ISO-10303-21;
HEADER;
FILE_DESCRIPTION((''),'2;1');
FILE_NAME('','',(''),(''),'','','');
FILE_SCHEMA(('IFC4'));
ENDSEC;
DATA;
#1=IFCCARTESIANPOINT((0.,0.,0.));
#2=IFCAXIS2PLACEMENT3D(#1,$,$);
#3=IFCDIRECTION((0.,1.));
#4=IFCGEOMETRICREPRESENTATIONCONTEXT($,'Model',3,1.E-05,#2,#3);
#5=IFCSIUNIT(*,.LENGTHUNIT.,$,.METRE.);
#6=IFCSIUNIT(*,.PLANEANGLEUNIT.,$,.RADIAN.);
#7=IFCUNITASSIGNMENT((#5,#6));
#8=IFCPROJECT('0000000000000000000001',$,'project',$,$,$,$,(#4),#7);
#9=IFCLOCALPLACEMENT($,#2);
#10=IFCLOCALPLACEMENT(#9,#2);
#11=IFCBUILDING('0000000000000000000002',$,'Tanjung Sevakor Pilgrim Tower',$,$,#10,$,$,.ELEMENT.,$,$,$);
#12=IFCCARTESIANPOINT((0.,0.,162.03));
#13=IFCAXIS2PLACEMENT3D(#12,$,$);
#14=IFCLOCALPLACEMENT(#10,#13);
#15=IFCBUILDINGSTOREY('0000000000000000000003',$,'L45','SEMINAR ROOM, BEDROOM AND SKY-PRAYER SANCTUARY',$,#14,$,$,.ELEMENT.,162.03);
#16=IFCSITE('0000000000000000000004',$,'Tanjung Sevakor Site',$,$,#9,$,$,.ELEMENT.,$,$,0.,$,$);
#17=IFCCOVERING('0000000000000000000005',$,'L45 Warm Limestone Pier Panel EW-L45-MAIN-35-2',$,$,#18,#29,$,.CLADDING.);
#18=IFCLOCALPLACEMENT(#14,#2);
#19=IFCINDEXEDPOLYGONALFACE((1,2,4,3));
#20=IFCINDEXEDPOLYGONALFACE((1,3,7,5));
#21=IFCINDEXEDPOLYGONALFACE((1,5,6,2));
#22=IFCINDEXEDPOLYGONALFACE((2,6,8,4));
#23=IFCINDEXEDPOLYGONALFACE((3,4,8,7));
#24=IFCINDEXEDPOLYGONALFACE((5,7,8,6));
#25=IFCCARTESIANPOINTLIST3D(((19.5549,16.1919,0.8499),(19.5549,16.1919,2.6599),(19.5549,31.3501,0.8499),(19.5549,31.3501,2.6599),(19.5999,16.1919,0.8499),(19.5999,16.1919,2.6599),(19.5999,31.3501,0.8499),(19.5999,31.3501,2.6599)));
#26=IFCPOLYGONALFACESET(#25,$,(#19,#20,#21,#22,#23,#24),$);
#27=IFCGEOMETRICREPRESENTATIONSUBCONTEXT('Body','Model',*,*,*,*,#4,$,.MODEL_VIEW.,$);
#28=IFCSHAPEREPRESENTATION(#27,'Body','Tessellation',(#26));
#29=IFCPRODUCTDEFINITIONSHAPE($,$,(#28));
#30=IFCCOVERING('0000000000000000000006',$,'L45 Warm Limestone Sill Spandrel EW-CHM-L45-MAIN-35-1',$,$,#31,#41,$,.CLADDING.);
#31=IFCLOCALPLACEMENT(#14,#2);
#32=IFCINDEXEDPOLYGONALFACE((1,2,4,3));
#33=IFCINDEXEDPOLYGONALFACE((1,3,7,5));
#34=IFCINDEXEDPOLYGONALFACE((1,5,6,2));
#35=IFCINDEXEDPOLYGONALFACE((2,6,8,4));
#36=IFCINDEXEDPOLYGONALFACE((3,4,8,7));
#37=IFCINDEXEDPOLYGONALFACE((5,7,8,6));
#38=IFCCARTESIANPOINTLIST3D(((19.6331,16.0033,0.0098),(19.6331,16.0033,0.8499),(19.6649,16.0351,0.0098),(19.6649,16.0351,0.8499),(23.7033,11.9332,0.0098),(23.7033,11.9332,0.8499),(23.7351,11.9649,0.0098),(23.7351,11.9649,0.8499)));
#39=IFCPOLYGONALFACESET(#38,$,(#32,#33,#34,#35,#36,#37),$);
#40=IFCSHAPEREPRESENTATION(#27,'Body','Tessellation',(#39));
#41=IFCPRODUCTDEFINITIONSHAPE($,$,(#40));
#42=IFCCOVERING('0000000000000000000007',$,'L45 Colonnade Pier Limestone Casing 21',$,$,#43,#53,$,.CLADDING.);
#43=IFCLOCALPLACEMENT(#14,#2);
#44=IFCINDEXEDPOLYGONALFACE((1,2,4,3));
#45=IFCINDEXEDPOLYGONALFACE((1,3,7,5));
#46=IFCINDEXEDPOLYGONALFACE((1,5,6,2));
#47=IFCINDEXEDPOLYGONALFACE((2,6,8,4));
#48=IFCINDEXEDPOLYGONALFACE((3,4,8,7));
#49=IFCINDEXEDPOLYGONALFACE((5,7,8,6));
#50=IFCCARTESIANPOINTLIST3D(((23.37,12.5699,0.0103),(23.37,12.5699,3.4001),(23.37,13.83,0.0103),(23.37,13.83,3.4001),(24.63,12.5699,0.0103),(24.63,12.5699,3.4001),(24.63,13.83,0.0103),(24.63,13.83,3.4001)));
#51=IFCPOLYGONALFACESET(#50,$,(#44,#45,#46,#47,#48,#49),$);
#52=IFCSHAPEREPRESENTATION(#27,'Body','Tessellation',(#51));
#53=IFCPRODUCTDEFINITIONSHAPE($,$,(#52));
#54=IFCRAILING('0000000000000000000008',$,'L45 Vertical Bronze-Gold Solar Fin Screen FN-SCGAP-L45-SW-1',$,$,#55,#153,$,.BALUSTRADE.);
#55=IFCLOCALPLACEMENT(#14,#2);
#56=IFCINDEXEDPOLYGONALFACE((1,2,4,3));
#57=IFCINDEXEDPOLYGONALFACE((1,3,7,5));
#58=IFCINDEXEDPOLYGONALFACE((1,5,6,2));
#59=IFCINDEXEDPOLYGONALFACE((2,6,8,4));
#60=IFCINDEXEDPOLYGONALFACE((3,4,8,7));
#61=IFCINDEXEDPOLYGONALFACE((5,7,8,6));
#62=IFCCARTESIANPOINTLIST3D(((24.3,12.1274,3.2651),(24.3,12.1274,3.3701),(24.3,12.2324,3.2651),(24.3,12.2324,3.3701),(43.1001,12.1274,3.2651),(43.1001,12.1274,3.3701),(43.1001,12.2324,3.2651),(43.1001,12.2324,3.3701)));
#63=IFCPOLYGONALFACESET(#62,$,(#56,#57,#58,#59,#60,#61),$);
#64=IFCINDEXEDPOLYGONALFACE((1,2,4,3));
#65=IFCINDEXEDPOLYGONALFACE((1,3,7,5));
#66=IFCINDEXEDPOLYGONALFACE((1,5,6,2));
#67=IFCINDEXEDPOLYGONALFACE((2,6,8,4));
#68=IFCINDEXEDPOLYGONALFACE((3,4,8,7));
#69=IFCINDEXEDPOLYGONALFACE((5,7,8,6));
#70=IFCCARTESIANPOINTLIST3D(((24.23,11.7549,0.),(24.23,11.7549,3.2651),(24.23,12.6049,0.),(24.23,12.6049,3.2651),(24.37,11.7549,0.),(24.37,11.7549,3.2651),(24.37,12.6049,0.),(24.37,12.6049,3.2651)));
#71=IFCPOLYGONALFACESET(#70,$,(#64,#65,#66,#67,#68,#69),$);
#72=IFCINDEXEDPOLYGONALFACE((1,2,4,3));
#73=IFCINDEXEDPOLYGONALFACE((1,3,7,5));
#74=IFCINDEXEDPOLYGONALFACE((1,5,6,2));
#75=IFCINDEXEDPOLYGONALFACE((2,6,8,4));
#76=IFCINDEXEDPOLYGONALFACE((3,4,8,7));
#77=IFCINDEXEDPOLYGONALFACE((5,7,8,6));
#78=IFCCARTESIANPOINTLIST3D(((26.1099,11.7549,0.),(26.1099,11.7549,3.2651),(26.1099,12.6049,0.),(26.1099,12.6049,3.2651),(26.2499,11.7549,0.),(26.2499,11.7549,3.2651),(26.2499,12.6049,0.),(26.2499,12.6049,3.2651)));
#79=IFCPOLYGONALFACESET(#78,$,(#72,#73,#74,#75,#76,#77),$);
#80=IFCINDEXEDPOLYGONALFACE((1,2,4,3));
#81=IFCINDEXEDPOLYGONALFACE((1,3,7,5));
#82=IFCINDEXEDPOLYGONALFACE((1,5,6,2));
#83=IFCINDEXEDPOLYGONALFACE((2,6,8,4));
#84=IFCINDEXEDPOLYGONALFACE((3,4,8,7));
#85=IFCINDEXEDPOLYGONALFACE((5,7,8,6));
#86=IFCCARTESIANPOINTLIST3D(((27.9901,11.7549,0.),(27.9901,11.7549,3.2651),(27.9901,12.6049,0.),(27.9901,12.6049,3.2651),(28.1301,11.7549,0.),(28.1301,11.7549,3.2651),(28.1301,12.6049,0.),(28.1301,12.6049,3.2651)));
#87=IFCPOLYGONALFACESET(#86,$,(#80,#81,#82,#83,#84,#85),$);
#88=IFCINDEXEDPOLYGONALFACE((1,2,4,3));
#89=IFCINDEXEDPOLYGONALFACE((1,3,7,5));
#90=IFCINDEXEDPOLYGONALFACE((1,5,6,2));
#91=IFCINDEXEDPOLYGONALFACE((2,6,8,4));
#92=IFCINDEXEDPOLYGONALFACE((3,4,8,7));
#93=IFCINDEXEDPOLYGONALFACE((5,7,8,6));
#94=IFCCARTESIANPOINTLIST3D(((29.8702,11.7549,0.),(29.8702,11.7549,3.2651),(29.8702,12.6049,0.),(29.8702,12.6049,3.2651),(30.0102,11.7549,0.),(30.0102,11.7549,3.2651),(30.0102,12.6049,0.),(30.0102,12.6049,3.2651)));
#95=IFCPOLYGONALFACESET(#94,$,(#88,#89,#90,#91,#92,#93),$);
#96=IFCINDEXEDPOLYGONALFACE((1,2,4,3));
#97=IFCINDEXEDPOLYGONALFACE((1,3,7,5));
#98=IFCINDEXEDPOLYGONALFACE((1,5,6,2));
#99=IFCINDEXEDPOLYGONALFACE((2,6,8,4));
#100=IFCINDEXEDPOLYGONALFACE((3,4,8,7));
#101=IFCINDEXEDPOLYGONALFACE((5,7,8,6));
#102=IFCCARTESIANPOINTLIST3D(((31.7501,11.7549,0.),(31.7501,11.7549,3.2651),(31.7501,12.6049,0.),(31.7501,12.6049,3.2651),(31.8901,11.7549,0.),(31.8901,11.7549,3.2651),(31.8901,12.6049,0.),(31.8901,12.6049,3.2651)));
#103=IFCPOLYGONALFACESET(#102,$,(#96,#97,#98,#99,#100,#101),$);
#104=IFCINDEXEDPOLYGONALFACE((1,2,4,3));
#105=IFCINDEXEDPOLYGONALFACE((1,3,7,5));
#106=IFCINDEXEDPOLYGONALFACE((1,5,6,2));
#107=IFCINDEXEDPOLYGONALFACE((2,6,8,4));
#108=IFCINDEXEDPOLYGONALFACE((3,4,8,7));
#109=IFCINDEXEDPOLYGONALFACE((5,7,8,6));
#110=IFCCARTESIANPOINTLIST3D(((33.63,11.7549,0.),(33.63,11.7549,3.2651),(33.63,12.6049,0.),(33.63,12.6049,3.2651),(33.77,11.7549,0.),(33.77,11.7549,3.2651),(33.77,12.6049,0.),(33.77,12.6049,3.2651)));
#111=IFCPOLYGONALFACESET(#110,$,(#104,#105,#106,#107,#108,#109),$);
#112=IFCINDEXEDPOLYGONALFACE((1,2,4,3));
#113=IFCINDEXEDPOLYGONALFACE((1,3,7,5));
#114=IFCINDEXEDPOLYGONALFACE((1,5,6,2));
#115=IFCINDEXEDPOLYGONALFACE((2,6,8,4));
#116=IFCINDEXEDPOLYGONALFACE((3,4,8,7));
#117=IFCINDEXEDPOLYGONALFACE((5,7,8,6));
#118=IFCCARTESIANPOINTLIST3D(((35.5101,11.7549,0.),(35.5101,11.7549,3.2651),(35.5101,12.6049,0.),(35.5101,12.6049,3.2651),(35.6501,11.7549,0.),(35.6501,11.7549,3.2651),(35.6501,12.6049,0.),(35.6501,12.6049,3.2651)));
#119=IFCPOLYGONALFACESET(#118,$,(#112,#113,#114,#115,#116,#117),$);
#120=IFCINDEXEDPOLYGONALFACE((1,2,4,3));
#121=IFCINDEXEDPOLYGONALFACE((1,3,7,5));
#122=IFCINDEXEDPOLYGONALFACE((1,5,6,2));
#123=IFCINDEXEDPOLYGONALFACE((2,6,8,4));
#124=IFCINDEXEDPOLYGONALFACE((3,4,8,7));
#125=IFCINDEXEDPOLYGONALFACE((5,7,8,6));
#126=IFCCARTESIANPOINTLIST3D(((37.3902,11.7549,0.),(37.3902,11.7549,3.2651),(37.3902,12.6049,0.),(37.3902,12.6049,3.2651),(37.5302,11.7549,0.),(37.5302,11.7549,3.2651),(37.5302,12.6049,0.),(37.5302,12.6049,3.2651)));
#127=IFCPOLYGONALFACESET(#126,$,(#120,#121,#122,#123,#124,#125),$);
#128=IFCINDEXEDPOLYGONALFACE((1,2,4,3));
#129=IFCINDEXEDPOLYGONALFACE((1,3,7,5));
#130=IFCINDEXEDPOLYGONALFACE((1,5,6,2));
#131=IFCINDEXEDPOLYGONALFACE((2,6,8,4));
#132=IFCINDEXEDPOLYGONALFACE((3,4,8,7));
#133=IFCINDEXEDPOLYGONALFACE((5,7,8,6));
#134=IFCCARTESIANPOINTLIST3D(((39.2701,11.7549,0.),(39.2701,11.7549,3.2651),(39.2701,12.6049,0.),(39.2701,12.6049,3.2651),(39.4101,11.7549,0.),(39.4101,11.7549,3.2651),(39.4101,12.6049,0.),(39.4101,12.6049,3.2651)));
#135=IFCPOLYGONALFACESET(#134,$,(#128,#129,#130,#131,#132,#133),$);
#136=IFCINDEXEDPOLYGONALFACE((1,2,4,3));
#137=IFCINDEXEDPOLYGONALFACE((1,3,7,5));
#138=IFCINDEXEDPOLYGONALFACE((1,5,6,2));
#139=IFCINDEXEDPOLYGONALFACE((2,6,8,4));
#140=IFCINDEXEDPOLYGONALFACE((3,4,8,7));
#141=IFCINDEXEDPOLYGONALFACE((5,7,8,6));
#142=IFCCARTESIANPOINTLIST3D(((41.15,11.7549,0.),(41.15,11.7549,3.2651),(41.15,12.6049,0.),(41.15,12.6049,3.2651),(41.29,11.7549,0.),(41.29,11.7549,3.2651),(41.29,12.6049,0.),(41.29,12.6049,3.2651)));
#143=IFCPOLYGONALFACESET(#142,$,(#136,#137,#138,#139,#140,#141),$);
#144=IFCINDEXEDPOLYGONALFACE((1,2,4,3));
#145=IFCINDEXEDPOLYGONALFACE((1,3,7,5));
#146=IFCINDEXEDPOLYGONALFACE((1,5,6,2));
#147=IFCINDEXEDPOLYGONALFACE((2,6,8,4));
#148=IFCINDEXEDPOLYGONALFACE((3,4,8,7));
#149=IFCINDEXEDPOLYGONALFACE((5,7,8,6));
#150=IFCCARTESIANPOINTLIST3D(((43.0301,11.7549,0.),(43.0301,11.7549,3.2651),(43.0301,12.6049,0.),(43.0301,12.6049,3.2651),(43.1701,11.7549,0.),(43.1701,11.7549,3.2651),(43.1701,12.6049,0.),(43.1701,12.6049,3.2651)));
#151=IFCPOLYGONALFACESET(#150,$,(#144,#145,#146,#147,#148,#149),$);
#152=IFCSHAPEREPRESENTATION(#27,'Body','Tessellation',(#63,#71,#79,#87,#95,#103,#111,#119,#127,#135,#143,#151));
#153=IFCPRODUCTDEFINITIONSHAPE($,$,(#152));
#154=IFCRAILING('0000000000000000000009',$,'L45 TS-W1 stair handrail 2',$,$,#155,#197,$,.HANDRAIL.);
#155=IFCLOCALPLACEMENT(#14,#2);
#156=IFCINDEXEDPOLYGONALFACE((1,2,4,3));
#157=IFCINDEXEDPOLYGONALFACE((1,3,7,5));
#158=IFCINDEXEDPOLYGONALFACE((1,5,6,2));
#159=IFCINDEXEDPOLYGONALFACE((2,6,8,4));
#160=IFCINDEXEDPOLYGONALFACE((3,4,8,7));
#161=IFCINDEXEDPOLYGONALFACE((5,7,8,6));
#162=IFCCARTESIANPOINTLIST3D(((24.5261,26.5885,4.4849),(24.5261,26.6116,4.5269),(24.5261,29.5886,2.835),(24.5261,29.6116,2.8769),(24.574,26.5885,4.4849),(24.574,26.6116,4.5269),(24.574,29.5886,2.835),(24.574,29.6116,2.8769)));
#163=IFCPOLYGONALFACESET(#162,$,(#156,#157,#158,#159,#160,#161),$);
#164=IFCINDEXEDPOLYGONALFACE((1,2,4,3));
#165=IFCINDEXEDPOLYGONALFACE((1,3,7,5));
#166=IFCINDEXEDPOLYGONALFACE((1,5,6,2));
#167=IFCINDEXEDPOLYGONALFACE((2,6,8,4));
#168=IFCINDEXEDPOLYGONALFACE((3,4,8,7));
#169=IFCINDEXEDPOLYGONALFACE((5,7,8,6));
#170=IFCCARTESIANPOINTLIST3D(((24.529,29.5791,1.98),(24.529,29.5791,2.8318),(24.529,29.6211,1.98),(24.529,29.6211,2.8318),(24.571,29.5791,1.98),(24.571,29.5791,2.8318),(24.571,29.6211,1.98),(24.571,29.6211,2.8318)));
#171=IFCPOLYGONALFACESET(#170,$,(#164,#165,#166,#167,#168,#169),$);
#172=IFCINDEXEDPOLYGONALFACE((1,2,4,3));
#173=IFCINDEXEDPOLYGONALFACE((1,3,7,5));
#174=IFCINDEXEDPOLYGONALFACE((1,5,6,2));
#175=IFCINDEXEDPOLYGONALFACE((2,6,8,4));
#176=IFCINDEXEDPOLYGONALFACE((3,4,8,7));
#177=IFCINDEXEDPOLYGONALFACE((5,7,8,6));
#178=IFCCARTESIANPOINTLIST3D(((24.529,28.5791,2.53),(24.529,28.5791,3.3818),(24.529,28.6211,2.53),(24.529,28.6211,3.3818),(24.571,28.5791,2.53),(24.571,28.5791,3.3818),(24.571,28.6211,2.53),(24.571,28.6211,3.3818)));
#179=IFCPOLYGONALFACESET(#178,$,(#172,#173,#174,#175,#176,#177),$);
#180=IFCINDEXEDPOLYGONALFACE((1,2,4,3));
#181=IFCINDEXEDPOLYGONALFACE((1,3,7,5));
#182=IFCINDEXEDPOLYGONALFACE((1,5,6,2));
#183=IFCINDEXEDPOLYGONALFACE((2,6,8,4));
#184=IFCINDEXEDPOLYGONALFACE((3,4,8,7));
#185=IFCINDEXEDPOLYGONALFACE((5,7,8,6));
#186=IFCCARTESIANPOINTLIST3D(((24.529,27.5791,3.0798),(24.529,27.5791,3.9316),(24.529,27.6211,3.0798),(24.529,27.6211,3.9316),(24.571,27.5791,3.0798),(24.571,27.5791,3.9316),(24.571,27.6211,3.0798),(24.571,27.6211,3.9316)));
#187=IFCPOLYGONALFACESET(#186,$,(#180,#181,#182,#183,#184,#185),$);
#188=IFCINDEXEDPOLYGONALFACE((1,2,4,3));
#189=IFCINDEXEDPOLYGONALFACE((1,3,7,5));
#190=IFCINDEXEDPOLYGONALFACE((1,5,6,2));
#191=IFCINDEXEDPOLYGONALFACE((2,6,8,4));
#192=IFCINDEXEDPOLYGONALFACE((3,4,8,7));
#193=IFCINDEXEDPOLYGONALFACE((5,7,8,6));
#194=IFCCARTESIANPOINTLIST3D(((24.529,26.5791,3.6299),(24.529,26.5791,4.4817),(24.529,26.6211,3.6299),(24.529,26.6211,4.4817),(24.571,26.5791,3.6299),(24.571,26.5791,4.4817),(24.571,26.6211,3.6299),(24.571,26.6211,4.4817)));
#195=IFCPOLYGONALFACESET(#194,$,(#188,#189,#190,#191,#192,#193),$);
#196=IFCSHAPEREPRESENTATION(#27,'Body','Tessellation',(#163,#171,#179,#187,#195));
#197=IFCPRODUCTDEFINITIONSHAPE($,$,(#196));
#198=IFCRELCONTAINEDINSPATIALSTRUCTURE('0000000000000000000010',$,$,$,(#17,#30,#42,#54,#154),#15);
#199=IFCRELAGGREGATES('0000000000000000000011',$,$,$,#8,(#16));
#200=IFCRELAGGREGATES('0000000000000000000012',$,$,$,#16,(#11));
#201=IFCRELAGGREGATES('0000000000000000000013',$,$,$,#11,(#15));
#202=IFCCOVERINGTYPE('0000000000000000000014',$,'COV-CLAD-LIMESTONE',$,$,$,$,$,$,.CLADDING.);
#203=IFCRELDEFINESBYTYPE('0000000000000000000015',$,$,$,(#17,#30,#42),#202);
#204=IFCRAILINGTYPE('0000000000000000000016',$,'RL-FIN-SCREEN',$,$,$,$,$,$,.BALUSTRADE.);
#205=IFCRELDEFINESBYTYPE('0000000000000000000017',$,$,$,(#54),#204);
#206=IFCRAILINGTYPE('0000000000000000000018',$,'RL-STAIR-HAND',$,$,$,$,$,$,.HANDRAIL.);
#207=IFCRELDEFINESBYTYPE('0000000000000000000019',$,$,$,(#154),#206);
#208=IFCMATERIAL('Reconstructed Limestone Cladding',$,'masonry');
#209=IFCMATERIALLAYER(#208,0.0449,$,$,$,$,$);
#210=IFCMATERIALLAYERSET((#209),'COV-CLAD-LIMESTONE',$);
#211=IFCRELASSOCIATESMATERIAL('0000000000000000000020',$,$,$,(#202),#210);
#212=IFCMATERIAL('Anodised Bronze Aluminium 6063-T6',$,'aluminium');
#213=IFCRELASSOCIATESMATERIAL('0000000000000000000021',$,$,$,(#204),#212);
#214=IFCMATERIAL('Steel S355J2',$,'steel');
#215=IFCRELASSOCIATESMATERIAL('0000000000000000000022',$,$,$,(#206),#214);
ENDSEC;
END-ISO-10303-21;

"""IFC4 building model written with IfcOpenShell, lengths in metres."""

from ifc_helpers import new_model, si_unit, direction, frame, origin, origin_2d, place, context, subcontext, project, spatial, rectangle, extrude, material, layer, layer_set, type_object, element, save


model = new_model("IFC4")

# Units and contexts
model_context = context("Model", 3, precision=1e-05, world=origin(), true_north=direction((0.0, 1.0)))
body_context = subcontext(model_context, "Body", "Model", "MODEL_VIEW")
ifc_project = project(units=[si_unit("LENGTHUNIT", "METRE"), si_unit("PLANEANGLEUNIT", "RADIAN")], contexts=[model_context])

# Site, building, storey
site_placement = place(None, origin())
site = spatial("IfcSite", under=ifc_project, at=site_placement, Name="Tanjung Sevakor Site", CompositionType="ELEMENT", RefElevation=0.0)
building_placement = place(site_placement, origin())
building = spatial("IfcBuilding", under=site, at=building_placement, Name="Tanjung Sevakor Pilgrim Tower", CompositionType="ELEMENT")
storey_placement = place(building_placement, frame((0.0, 0.0, 162.03)))
storey = spatial("IfcBuildingStorey", under=building, at=storey_placement, Name="L45", Description="SEMINAR ROOM, BEDROOM AND SKY-PRAYER SANCTUARY", CompositionType="ELEMENT", Elevation=162.03)

# Coverings
ifc_material_1 = material(Name="Reconstructed Limestone Cladding", Category="masonry")
ifc_layer_1 = layer(ifc_material_1, 0.0449)
ifc_layer_set_1 = layer_set([ifc_layer_1], Name="COV-CLAD-LIMESTONE")
covering_type = type_object("IfcCoveringType", Name="COV-CLAD-LIMESTONE", PredefinedType="CLADDING", material=ifc_layer_set_1)
covering_1_placement = place(storey_placement, frame((19.5774, 23.771, 0.8499), z_axis=(0.0, 0.0, 1.0), x_axis=(0.0, -1.0, 0.0)))
element("IfcCovering", 1, at=covering_1_placement, inside=storey, type_object=covering_type, Name="L45 Warm Limestone Pier Panel EW-L45-MAIN-35-2", PredefinedType="CLADDING", context=body_context, shape_type="SweptSolid", body=[
    extrude(rectangle(XDim=15.1582, YDim=0.0449, at=origin_2d()), origin(), (0.0, 0.0, 1.0), 1.8101),
])
covering_2_placement = place(storey_placement, frame((21.6841, 13.9841, 0.0098), z_axis=(0.0, 0.0, 1.0), x_axis=(0.707107, -0.707107, 0.0)))
element("IfcCovering", 2, at=covering_2_placement, inside=storey, type_object=covering_type, Name="L45 Warm Limestone Sill Spandrel EW-CHM-L45-MAIN-35-1", PredefinedType="CLADDING", context=body_context, shape_type="SweptSolid", body=[
    extrude(rectangle(XDim=5.7561, YDim=0.0449, at=origin_2d()), origin(), (0.0, 0.0, 1.0), 0.8401),
])
covering_3_placement = place(storey_placement, frame((24.0, 13.2, 0.0103), z_axis=(0.0, 0.0, 1.0), x_axis=(1.0, 0.0, 0.0)))
element("IfcCovering", 3, at=covering_3_placement, inside=storey, type_object=covering_type, Name="L45 Colonnade Pier Limestone Casing 21", PredefinedType="CLADDING", context=body_context, shape_type="SweptSolid", body=[
    extrude(rectangle(XDim=1.26, YDim=1.26, at=origin_2d()), origin(), (0.0, 0.0, 1.0), 3.3899),
])

# Railings
ifc_material_2 = material(Name="Anodised Bronze Aluminium 6063-T6", Category="aluminium")
railing_type_1 = type_object("IfcRailingType", Name="RL-FIN-SCREEN", PredefinedType="BALUSTRADE", material=ifc_material_2)
railing_1_placement = place(storey_placement, frame((24.3, 12.1799, 0.0)))
element("IfcRailing", 4, at=railing_1_placement, inside=storey, type_object=railing_type_1, Name="L45 Vertical Bronze-Gold Solar Fin Screen FN-SCGAP-L45-SW-1", PredefinedType="BALUSTRADE", context=body_context, shape_type="SweptSolid", body=[
    extrude(rectangle(XDim=0.105, YDim=0.105), frame((0.0, 0.0, 3.3176), z_axis=(1.0, 0.0, 0.0), x_axis=(0.0, 1.0, 0.0)), (0.0, 0.0, 1.0), 18.8),
    extrude(rectangle(XDim=0.14, YDim=0.85), origin(), (0.0, 0.0, 1.0), 3.2651),
    extrude(rectangle(XDim=0.14, YDim=0.85), frame((1.8799, 0.0, 0.0)), (0.0, 0.0, 1.0), 3.2651),
    extrude(rectangle(XDim=0.14, YDim=0.85), frame((3.76, 0.0, 0.0)), (0.0, 0.0, 1.0), 3.2651),
    extrude(rectangle(XDim=0.14, YDim=0.85), frame((5.6401, 0.0, 0.0)), (0.0, 0.0, 1.0), 3.2651),
    extrude(rectangle(XDim=0.14, YDim=0.85), frame((7.52, 0.0, 0.0)), (0.0, 0.0, 1.0), 3.2651),
    extrude(rectangle(XDim=0.14, YDim=0.85), frame((9.3999, 0.0, 0.0)), (0.0, 0.0, 1.0), 3.2651),
    extrude(rectangle(XDim=0.14, YDim=0.85), frame((11.28, 0.0, 0.0)), (0.0, 0.0, 1.0), 3.2651),
    extrude(rectangle(XDim=0.14, YDim=0.85), frame((13.1602, 0.0, 0.0)), (0.0, 0.0, 1.0), 3.2651),
    extrude(rectangle(XDim=0.14, YDim=0.85), frame((15.04, 0.0, 0.0)), (0.0, 0.0, 1.0), 3.2651),
    extrude(rectangle(XDim=0.14, YDim=0.85), frame((16.9199, 0.0, 0.0)), (0.0, 0.0, 1.0), 3.2651),
    extrude(rectangle(XDim=0.14, YDim=0.85), frame((18.8, 0.0, 0.0)), (0.0, 0.0, 1.0), 3.2651),
])
ifc_material_3 = material(Name="Steel S355J2", Category="steel")
railing_type_2 = type_object("IfcRailingType", Name="RL-STAIR-HAND", PredefinedType="HANDRAIL", material=ifc_material_3)
railing_2_placement = place(storey_placement, frame((24.55, 29.6001, 1.98)))
element("IfcRailing", 5, at=railing_2_placement, inside=storey, type_object=railing_type_2, Name="L45 TS-W1 stair handrail 2", PredefinedType="HANDRAIL", context=body_context, shape_type="SweptSolid", body=[
    extrude(rectangle(XDim=0.0479, YDim=0.0479), frame((0.0, 0.0, 0.876), z_axis=(0.0, -0.876228, 0.481897), x_axis=(1.0, 0.0, 0.0)), (0.0, 0.0, 1.0), 3.4238),
    extrude(rectangle(XDim=0.042, YDim=0.042), origin(), (0.0, 0.0, 1.0), 0.8518),
    extrude(rectangle(XDim=0.042, YDim=0.042), frame((0.0, -1.0, 0.55)), (0.0, 0.0, 1.0), 0.8518),
    extrude(rectangle(XDim=0.042, YDim=0.042), frame((0.0, -2.0, 1.0999)), (0.0, 0.0, 1.0), 0.8518),
    extrude(rectangle(XDim=0.042, YDim=0.042), frame((0.0, -3.0, 1.6499)), (0.0, 0.0, 1.0), 0.8518),
])

save(model, "model.ifc")
